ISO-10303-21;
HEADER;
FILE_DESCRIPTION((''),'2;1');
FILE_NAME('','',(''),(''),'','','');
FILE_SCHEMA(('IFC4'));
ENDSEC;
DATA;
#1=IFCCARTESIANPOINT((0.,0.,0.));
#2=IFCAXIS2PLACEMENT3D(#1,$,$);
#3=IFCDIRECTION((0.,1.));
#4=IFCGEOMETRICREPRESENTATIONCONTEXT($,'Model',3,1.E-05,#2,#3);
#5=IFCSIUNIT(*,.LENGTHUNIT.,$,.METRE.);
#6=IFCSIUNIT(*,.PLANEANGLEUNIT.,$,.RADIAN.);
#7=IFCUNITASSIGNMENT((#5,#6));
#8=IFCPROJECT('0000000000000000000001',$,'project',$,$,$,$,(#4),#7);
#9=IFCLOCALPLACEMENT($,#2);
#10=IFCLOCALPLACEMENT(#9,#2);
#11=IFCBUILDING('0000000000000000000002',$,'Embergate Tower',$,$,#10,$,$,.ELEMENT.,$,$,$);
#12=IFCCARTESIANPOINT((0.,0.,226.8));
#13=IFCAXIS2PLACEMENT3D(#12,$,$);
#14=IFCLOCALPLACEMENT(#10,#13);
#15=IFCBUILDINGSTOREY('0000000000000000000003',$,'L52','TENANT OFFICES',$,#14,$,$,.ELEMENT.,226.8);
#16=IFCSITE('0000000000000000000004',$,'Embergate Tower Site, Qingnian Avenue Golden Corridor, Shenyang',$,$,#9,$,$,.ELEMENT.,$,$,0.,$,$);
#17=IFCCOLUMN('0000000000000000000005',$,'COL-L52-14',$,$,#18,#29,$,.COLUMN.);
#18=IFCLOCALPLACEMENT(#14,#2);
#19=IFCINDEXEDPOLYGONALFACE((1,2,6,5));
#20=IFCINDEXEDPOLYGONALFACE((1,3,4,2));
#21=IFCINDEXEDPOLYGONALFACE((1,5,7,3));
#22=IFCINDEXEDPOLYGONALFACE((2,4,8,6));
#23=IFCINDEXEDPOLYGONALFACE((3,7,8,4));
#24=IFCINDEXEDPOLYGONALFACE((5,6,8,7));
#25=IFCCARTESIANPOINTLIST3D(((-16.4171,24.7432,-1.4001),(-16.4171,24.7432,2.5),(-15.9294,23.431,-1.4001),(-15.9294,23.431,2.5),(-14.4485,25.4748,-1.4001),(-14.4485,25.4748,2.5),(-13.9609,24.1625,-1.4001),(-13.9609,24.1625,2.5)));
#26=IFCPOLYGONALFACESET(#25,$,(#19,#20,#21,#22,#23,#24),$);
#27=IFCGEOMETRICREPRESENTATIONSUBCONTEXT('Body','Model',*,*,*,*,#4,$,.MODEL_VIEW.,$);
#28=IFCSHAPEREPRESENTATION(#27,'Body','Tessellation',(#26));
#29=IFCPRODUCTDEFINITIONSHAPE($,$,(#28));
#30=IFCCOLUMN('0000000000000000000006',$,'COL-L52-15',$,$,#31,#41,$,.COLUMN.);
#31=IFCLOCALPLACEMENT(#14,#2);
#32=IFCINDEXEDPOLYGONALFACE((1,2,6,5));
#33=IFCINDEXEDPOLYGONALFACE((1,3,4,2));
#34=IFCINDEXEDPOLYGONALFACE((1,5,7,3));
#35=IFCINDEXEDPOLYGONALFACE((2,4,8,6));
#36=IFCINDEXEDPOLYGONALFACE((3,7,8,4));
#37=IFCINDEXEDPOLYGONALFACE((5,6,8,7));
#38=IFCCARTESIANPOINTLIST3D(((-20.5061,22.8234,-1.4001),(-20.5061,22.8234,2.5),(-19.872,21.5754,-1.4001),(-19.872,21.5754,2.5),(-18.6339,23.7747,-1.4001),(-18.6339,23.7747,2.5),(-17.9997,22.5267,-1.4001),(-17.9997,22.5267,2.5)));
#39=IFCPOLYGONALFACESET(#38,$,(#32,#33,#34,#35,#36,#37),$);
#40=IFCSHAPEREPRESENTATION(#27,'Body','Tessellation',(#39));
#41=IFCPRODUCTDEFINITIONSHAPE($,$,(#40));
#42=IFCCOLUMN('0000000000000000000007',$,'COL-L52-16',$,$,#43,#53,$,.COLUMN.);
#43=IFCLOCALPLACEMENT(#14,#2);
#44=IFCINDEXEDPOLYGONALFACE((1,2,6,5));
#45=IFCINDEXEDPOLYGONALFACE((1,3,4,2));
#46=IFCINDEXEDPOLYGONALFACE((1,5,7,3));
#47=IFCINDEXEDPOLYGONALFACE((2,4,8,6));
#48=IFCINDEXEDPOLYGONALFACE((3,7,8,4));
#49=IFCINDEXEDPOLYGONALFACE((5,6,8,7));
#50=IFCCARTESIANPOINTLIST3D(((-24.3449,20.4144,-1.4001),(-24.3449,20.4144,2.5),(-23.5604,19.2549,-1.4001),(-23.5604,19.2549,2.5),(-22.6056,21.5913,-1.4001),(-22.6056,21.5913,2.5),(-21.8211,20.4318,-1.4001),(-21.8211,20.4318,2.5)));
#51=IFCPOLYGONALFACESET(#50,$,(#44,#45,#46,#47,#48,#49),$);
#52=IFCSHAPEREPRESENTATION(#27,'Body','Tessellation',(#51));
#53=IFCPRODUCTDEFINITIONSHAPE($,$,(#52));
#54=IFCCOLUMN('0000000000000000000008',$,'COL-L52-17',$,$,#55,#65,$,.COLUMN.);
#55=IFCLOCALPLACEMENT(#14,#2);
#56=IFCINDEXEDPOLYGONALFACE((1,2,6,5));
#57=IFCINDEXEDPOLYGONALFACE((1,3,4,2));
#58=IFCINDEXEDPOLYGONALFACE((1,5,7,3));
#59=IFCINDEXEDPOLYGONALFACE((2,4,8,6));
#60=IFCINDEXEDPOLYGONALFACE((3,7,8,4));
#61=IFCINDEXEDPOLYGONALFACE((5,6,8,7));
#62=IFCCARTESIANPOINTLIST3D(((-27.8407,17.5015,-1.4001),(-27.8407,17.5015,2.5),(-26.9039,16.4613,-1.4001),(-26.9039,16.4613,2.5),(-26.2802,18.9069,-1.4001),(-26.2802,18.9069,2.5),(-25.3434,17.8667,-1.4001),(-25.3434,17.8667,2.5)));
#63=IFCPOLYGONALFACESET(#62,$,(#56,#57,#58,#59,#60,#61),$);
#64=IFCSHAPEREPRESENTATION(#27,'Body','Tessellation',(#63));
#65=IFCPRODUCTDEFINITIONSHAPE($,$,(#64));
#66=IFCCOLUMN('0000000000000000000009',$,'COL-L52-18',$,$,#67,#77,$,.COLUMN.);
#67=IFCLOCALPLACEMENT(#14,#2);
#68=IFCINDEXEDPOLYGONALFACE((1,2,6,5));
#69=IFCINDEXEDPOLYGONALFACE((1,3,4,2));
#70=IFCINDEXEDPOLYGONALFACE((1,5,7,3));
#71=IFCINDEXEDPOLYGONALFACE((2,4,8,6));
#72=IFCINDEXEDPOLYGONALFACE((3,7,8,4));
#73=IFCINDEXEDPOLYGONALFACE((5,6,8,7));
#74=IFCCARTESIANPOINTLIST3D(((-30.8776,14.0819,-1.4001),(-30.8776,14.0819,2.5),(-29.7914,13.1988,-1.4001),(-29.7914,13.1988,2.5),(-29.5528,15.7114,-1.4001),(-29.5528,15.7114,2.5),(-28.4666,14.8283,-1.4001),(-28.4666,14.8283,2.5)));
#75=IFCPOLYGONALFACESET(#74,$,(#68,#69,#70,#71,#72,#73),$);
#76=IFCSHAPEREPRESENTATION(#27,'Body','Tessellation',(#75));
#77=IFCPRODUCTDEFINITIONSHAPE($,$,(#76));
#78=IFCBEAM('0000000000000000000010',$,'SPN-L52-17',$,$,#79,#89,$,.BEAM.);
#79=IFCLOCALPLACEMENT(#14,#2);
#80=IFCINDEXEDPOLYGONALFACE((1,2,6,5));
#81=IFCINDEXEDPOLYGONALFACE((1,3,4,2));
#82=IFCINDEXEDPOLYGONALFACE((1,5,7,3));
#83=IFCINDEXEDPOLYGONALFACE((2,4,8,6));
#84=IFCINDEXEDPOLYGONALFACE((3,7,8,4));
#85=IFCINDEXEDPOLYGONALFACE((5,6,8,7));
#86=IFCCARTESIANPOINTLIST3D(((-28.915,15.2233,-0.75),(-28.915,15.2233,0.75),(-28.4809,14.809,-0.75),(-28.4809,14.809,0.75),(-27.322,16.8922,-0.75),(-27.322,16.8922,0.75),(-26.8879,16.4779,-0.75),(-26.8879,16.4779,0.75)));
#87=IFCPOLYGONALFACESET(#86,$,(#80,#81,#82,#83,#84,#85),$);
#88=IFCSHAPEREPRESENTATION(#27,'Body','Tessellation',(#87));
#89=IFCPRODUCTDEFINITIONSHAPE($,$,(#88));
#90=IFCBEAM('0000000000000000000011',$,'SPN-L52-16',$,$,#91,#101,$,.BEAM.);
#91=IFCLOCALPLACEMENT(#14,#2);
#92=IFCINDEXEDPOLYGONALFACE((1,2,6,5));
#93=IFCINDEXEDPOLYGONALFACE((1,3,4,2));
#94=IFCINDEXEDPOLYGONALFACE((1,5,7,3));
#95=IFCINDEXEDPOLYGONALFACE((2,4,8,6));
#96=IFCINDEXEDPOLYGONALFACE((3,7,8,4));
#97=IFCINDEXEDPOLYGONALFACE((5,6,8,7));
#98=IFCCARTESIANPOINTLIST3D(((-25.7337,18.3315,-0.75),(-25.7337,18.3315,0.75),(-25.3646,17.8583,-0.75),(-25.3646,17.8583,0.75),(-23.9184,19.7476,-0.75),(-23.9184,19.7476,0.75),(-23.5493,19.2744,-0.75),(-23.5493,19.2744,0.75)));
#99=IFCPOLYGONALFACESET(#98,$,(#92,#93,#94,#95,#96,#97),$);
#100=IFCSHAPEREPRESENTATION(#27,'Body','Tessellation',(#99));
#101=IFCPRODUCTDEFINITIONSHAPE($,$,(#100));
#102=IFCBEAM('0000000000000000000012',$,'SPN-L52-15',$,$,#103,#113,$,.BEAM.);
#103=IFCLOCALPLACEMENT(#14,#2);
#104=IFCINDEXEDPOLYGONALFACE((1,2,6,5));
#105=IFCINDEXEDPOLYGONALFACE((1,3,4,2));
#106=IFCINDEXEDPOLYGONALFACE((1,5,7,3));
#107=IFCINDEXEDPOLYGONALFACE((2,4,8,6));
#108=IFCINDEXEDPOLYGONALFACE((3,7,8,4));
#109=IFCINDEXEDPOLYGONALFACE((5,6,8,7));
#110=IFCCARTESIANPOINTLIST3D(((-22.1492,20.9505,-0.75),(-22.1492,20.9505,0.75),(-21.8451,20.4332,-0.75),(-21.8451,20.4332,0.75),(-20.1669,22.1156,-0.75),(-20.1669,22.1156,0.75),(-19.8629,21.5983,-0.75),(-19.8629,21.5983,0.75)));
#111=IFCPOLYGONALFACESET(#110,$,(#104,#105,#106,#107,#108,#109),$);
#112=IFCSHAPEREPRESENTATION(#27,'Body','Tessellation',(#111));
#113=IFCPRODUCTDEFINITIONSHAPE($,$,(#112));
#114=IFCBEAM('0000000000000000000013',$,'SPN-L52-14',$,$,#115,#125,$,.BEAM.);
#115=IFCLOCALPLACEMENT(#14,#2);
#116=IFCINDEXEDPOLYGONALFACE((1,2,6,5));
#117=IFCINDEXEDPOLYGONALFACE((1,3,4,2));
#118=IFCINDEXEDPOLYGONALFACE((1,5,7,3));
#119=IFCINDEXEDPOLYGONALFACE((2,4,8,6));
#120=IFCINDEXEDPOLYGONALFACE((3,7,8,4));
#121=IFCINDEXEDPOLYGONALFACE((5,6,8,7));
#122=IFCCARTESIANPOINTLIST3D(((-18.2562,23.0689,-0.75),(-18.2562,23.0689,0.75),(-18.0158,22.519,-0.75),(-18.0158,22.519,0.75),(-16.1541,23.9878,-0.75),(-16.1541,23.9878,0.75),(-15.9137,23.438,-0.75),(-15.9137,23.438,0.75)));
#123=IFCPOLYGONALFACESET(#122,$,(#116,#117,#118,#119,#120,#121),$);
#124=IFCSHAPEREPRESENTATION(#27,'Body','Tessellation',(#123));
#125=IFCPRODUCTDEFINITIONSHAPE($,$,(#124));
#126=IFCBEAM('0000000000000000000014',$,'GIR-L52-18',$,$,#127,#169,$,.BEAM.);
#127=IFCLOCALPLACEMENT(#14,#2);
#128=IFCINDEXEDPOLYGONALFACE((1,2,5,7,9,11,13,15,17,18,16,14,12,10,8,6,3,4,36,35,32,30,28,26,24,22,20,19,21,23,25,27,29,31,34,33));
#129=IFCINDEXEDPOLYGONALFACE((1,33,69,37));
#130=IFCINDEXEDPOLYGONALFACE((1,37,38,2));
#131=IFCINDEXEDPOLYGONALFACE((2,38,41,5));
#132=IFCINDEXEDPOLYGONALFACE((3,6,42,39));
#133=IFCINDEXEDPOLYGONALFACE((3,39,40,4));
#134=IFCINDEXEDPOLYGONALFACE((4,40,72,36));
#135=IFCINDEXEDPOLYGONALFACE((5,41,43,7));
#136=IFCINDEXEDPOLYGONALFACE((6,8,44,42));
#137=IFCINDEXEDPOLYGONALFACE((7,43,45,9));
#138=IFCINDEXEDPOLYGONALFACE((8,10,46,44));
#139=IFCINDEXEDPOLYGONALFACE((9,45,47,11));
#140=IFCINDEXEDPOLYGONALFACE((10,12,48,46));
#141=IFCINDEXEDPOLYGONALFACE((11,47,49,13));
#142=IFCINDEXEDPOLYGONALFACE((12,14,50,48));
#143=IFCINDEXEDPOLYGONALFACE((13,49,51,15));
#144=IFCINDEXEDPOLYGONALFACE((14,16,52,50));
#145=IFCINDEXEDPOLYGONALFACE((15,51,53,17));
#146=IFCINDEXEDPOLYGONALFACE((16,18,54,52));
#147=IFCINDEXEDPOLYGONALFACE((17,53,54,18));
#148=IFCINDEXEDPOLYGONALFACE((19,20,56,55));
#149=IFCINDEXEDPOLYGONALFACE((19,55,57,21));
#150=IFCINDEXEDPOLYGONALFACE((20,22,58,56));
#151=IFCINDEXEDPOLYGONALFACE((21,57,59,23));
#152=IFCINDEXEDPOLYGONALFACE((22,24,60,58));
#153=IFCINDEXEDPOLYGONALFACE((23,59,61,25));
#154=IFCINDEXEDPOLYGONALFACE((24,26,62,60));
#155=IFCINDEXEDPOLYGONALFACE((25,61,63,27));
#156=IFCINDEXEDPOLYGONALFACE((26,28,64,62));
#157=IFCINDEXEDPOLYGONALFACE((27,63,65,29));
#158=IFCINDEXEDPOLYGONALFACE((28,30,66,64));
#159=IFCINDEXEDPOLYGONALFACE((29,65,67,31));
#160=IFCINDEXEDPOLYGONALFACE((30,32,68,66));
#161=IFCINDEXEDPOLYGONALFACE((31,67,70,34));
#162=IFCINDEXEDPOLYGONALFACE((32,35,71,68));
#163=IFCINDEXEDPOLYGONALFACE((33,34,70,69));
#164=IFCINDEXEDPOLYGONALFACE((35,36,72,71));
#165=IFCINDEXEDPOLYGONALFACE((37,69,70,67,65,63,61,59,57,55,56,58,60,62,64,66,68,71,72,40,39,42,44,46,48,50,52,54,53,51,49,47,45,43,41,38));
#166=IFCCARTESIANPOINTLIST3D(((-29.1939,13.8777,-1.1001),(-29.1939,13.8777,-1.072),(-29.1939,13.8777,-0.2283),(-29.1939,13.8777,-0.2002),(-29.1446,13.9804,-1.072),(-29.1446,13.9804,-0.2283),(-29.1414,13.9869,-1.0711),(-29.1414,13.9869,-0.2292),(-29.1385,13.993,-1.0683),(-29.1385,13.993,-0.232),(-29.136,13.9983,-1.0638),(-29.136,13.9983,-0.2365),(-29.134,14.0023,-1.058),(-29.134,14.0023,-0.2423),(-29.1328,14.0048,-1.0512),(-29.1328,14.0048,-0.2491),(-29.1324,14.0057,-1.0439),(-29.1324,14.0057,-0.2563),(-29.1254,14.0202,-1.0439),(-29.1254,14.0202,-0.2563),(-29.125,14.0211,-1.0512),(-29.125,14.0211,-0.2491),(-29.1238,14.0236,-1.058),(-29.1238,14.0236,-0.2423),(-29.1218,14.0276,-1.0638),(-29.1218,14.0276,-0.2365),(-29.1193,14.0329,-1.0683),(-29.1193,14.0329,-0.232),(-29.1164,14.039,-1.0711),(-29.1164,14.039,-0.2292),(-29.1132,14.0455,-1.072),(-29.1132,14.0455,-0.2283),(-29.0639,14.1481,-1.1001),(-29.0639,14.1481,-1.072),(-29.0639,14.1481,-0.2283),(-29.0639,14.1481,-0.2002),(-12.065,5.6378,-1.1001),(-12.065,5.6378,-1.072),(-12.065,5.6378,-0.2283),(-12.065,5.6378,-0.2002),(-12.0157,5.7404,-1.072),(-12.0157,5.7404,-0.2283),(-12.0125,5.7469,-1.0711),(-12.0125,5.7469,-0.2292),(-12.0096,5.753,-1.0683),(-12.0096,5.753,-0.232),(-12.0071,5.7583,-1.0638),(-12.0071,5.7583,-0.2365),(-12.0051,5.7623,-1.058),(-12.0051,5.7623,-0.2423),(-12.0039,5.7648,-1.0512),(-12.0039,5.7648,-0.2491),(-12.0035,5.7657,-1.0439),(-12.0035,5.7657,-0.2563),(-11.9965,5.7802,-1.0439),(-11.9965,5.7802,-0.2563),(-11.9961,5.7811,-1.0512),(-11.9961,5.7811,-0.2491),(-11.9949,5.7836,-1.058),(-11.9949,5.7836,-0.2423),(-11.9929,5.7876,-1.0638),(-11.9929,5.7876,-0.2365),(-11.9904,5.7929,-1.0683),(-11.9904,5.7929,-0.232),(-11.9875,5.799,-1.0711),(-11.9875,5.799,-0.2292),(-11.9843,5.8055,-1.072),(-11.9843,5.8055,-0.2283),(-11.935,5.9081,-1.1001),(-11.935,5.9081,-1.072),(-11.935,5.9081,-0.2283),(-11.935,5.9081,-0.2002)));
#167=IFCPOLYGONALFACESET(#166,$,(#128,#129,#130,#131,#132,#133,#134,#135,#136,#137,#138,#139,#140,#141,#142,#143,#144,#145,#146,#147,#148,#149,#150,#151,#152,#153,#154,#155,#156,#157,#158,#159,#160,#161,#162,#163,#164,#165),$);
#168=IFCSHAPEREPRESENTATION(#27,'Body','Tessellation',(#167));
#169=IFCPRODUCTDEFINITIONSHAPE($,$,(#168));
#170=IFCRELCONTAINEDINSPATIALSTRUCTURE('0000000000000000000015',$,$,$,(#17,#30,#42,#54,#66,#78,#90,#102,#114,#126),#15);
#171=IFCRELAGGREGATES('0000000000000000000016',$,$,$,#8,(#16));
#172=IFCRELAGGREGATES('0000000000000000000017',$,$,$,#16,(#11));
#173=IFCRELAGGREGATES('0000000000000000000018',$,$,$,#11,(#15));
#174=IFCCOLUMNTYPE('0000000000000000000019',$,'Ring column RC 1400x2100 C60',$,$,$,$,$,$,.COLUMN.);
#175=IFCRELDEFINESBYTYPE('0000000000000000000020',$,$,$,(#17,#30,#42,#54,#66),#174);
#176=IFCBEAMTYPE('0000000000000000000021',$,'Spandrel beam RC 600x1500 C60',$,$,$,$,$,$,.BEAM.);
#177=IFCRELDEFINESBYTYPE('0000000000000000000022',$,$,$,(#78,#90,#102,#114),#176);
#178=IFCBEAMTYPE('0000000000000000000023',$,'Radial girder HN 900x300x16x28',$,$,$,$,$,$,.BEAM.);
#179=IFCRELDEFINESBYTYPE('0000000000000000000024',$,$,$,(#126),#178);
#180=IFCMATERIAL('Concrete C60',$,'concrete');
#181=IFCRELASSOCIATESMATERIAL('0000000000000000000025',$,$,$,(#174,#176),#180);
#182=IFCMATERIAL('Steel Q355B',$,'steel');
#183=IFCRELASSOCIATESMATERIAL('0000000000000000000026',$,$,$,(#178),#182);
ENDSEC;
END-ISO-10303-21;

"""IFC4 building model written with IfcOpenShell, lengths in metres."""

from ifc_helpers import new_model, si_unit, direction, frame, origin, origin_2d, place, context, subcontext, project, spatial, rectangle, i_section, extrude, source, transform, mapped, material, material_profile, profile_set, type_object, element, save


model = new_model("IFC4")

# Units and contexts
model_context = context("Model", 3, precision=1e-05, world=origin(), true_north=direction((0.0, 1.0)))
body_context = subcontext(model_context, "Body", "Model", "MODEL_VIEW")
ifc_project = project(units=[si_unit("LENGTHUNIT", "METRE"), si_unit("PLANEANGLEUNIT", "RADIAN")], contexts=[model_context])

# Site, building, storey
site_placement = place(None, origin())
site = spatial("IfcSite", under=ifc_project, at=site_placement, Name="Embergate Tower Site, Qingnian Avenue Golden Corridor, Shenyang", CompositionType="ELEMENT", RefElevation=0.0)
building_placement = place(site_placement, origin())
building = spatial("IfcBuilding", under=site, at=building_placement, Name="Embergate Tower", CompositionType="ELEMENT")
storey_placement = place(building_placement, frame((0.0, 0.0, 226.8)))
storey = spatial("IfcBuildingStorey", under=building, at=storey_placement, Name="L52", Description="TENANT OFFICES", CompositionType="ELEMENT", Elevation=226.8)

# Columns
ifc_material_1 = material(Name="Concrete C60", Category="concrete")
ifc_material_profile_1 = material_profile(ifc_material_1, rectangle(XDim=1.3999, YDim=2.1001, at=origin_2d()), Name="RC 1400x2100")
ifc_profile_set_1 = profile_set([ifc_material_profile_1], Name="Concrete C60")
column_type = type_object("IfcColumnType", Name="Ring column RC 1400x2100 C60", PredefinedType="COLUMN", material=ifc_profile_set_1)
shared_shape_1 = source(origin(), body_context, "Body", "SweptSolid", [
    extrude(rectangle(XDim=1.3999, YDim=2.1001, at=origin_2d()), origin(), (0.0, 0.0, 1.0), 3.9001),
])
for number, where, z_axis, x_axis, name in (
    (1, (-15.189, 24.4529, -1.4001), (0.0, 0.0, 1.0), (-0.348343, 0.937367, 0.0), "COL-L52-14"),
    (2, (-19.2529, 22.675, -1.4001), (0.0, 0.0, 1.0), (-0.453011, 0.891505, 0.0), "COL-L52-15"),
    (3, (-23.083, 20.4231, -1.4001), (0.0, 0.0, 1.0), (-0.560393, 0.828227, 0.0), "COL-L52-16"),
    (4, (-26.592, 17.6841, -1.4001), (0.0, 0.0, 1.0), (-0.669221, 0.743063, 0.0), "COL-L52-17"),
    (5, (-29.6721, 14.4551, -1.4001), (0.0, 0.0, 1.0), (-0.775925, 0.630825, 0.0), "COL-L52-18"),
):
    element("IfcColumn", number, at=place(storey_placement, frame(where, z_axis=z_axis, x_axis=x_axis)), inside=storey, type_object=column_type, Name=name, PredefinedType="COLUMN", context=body_context, shape_type="MappedRepresentation", body=[
        mapped(shared_shape_1, transform((0.0, 0.0, 0.0))),
    ])

# Beams
ifc_material_profile_2 = material_profile(ifc_material_1, rectangle(XDim=0.6001, YDim=1.5, at=origin_2d()), Name="RC 600x1500")
ifc_profile_set_2 = profile_set([ifc_material_profile_2], Name="Concrete C60")
beam_type_1 = type_object("IfcBeamType", Name="Spandrel beam RC 600x1500 C60", PredefinedType="BEAM", material=ifc_profile_set_2)
shared_shape_2 = source(origin(), body_context, "Body", "SweptSolid", [
    extrude(rectangle(XDim=0.6001, YDim=1.5, at=origin_2d()), origin(), (0.0, 0.0, 1.0), 2.3071),
])
beam_1_placement = place(storey_placement, frame((-27.105, 16.6851, 0.0), z_axis=(-0.690461, -0.72337, 0.0), x_axis=(0.72337, -0.690461, 0.0)))
element("IfcBeam", 6, at=beam_1_placement, inside=storey, type_object=beam_type_1, Name="SPN-L52-17", PredefinedType="BEAM", context=body_context, shape_type="MappedRepresentation", body=[
    mapped(shared_shape_2, transform((0.0, 0.0, 0.0))),
])
shared_shape_3 = source(origin(), body_context, "Body", "SweptSolid", [
    extrude(rectangle(XDim=0.6001, YDim=1.5, at=origin_2d()), origin(), (0.0, 0.0, 1.0), 2.3022),
])
beam_2_placement = place(storey_placement, frame((-23.7339, 19.511, 0.0), z_axis=(-0.788466, -0.615078, 0.0), x_axis=(0.615078, -0.788466, 0.0)))
element("IfcBeam", 7, at=beam_2_placement, inside=storey, type_object=beam_type_1, Name="SPN-L52-16", PredefinedType="BEAM", context=body_context, shape_type="MappedRepresentation", body=[
    mapped(shared_shape_3, transform((0.0, 0.0, 0.0))),
])
shared_shape_4 = source(origin(), body_context, "Body", "SweptSolid", [
    extrude(rectangle(XDim=0.6001, YDim=1.5, at=origin_2d()), origin(), (0.0, 0.0, 1.0), 2.2993),
])
beam_3_placement = place(storey_placement, frame((-20.0149, 21.8569, 0.0), z_axis=(-0.862114, -0.506714, 0.0), x_axis=(0.506714, -0.862114, 0.0)))
element("IfcBeam", 8, at=beam_3_placement, inside=storey, type_object=beam_type_1, Name="SPN-L52-15", PredefinedType="BEAM", context=body_context, shape_type="MappedRepresentation", body=[
    mapped(shared_shape_4, transform((0.0, 0.0, 0.0))),
])
shared_shape_5 = source(origin(), body_context, "Body", "SweptSolid", [
    extrude(rectangle(XDim=0.6001, YDim=1.5, at=origin_2d()), origin(), (0.0, 0.0, 1.0), 2.2942),
])
beam_4_placement = place(storey_placement, frame((-16.0339, 23.7129, 0.0), z_axis=(-0.91627, -0.400562, 0.0), x_axis=(0.400562, -0.91627, 0.0)))
element("IfcBeam", 9, at=beam_4_placement, inside=storey, type_object=beam_type_1, Name="SPN-L52-14", PredefinedType="BEAM", context=body_context, shape_type="MappedRepresentation", body=[
    mapped(shared_shape_5, transform((0.0, 0.0, 0.0))),
])
ifc_material_2 = material(Name="Steel Q355B", Category="steel")
ifc_material_profile_3 = material_profile(ifc_material_2, i_section(OverallWidth=0.3, OverallDepth=0.8999, WebThickness=0.0161, FlangeThickness=0.0281, FilletRadius=0.0281, at=origin_2d()), Name="HN 900x300x16x28")
ifc_profile_set_3 = profile_set([ifc_material_profile_3], Name="Steel Q355 grade B")
beam_type_2 = type_object("IfcBeamType", Name="Radial girder HN 900x300x16x28", PredefinedType="BEAM", material=ifc_profile_set_3)
shared_shape_6 = source(origin(), body_context, "Body", "SweptSolid", [
    extrude(i_section(OverallWidth=0.3, OverallDepth=0.8999, WebThickness=0.0161, FlangeThickness=0.0281, FilletRadius=0.0281, at=origin_2d()), origin(), (0.0, 0.0, 1.0), 19.0078),
])
beam_5_placement = place(storey_placement, frame((-29.1289, 14.0129, -0.6501), z_axis=(0.901151, -0.433505, 0.0), x_axis=(0.433505, 0.901151, 0.0)))
element("IfcBeam", 10, at=beam_5_placement, inside=storey, type_object=beam_type_2, Name="GIR-L52-18", PredefinedType="BEAM", context=body_context, shape_type="MappedRepresentation", body=[
    mapped(shared_shape_6, transform((0.0, 0.0, 0.0))),
])

save(model, "model.ifc")
